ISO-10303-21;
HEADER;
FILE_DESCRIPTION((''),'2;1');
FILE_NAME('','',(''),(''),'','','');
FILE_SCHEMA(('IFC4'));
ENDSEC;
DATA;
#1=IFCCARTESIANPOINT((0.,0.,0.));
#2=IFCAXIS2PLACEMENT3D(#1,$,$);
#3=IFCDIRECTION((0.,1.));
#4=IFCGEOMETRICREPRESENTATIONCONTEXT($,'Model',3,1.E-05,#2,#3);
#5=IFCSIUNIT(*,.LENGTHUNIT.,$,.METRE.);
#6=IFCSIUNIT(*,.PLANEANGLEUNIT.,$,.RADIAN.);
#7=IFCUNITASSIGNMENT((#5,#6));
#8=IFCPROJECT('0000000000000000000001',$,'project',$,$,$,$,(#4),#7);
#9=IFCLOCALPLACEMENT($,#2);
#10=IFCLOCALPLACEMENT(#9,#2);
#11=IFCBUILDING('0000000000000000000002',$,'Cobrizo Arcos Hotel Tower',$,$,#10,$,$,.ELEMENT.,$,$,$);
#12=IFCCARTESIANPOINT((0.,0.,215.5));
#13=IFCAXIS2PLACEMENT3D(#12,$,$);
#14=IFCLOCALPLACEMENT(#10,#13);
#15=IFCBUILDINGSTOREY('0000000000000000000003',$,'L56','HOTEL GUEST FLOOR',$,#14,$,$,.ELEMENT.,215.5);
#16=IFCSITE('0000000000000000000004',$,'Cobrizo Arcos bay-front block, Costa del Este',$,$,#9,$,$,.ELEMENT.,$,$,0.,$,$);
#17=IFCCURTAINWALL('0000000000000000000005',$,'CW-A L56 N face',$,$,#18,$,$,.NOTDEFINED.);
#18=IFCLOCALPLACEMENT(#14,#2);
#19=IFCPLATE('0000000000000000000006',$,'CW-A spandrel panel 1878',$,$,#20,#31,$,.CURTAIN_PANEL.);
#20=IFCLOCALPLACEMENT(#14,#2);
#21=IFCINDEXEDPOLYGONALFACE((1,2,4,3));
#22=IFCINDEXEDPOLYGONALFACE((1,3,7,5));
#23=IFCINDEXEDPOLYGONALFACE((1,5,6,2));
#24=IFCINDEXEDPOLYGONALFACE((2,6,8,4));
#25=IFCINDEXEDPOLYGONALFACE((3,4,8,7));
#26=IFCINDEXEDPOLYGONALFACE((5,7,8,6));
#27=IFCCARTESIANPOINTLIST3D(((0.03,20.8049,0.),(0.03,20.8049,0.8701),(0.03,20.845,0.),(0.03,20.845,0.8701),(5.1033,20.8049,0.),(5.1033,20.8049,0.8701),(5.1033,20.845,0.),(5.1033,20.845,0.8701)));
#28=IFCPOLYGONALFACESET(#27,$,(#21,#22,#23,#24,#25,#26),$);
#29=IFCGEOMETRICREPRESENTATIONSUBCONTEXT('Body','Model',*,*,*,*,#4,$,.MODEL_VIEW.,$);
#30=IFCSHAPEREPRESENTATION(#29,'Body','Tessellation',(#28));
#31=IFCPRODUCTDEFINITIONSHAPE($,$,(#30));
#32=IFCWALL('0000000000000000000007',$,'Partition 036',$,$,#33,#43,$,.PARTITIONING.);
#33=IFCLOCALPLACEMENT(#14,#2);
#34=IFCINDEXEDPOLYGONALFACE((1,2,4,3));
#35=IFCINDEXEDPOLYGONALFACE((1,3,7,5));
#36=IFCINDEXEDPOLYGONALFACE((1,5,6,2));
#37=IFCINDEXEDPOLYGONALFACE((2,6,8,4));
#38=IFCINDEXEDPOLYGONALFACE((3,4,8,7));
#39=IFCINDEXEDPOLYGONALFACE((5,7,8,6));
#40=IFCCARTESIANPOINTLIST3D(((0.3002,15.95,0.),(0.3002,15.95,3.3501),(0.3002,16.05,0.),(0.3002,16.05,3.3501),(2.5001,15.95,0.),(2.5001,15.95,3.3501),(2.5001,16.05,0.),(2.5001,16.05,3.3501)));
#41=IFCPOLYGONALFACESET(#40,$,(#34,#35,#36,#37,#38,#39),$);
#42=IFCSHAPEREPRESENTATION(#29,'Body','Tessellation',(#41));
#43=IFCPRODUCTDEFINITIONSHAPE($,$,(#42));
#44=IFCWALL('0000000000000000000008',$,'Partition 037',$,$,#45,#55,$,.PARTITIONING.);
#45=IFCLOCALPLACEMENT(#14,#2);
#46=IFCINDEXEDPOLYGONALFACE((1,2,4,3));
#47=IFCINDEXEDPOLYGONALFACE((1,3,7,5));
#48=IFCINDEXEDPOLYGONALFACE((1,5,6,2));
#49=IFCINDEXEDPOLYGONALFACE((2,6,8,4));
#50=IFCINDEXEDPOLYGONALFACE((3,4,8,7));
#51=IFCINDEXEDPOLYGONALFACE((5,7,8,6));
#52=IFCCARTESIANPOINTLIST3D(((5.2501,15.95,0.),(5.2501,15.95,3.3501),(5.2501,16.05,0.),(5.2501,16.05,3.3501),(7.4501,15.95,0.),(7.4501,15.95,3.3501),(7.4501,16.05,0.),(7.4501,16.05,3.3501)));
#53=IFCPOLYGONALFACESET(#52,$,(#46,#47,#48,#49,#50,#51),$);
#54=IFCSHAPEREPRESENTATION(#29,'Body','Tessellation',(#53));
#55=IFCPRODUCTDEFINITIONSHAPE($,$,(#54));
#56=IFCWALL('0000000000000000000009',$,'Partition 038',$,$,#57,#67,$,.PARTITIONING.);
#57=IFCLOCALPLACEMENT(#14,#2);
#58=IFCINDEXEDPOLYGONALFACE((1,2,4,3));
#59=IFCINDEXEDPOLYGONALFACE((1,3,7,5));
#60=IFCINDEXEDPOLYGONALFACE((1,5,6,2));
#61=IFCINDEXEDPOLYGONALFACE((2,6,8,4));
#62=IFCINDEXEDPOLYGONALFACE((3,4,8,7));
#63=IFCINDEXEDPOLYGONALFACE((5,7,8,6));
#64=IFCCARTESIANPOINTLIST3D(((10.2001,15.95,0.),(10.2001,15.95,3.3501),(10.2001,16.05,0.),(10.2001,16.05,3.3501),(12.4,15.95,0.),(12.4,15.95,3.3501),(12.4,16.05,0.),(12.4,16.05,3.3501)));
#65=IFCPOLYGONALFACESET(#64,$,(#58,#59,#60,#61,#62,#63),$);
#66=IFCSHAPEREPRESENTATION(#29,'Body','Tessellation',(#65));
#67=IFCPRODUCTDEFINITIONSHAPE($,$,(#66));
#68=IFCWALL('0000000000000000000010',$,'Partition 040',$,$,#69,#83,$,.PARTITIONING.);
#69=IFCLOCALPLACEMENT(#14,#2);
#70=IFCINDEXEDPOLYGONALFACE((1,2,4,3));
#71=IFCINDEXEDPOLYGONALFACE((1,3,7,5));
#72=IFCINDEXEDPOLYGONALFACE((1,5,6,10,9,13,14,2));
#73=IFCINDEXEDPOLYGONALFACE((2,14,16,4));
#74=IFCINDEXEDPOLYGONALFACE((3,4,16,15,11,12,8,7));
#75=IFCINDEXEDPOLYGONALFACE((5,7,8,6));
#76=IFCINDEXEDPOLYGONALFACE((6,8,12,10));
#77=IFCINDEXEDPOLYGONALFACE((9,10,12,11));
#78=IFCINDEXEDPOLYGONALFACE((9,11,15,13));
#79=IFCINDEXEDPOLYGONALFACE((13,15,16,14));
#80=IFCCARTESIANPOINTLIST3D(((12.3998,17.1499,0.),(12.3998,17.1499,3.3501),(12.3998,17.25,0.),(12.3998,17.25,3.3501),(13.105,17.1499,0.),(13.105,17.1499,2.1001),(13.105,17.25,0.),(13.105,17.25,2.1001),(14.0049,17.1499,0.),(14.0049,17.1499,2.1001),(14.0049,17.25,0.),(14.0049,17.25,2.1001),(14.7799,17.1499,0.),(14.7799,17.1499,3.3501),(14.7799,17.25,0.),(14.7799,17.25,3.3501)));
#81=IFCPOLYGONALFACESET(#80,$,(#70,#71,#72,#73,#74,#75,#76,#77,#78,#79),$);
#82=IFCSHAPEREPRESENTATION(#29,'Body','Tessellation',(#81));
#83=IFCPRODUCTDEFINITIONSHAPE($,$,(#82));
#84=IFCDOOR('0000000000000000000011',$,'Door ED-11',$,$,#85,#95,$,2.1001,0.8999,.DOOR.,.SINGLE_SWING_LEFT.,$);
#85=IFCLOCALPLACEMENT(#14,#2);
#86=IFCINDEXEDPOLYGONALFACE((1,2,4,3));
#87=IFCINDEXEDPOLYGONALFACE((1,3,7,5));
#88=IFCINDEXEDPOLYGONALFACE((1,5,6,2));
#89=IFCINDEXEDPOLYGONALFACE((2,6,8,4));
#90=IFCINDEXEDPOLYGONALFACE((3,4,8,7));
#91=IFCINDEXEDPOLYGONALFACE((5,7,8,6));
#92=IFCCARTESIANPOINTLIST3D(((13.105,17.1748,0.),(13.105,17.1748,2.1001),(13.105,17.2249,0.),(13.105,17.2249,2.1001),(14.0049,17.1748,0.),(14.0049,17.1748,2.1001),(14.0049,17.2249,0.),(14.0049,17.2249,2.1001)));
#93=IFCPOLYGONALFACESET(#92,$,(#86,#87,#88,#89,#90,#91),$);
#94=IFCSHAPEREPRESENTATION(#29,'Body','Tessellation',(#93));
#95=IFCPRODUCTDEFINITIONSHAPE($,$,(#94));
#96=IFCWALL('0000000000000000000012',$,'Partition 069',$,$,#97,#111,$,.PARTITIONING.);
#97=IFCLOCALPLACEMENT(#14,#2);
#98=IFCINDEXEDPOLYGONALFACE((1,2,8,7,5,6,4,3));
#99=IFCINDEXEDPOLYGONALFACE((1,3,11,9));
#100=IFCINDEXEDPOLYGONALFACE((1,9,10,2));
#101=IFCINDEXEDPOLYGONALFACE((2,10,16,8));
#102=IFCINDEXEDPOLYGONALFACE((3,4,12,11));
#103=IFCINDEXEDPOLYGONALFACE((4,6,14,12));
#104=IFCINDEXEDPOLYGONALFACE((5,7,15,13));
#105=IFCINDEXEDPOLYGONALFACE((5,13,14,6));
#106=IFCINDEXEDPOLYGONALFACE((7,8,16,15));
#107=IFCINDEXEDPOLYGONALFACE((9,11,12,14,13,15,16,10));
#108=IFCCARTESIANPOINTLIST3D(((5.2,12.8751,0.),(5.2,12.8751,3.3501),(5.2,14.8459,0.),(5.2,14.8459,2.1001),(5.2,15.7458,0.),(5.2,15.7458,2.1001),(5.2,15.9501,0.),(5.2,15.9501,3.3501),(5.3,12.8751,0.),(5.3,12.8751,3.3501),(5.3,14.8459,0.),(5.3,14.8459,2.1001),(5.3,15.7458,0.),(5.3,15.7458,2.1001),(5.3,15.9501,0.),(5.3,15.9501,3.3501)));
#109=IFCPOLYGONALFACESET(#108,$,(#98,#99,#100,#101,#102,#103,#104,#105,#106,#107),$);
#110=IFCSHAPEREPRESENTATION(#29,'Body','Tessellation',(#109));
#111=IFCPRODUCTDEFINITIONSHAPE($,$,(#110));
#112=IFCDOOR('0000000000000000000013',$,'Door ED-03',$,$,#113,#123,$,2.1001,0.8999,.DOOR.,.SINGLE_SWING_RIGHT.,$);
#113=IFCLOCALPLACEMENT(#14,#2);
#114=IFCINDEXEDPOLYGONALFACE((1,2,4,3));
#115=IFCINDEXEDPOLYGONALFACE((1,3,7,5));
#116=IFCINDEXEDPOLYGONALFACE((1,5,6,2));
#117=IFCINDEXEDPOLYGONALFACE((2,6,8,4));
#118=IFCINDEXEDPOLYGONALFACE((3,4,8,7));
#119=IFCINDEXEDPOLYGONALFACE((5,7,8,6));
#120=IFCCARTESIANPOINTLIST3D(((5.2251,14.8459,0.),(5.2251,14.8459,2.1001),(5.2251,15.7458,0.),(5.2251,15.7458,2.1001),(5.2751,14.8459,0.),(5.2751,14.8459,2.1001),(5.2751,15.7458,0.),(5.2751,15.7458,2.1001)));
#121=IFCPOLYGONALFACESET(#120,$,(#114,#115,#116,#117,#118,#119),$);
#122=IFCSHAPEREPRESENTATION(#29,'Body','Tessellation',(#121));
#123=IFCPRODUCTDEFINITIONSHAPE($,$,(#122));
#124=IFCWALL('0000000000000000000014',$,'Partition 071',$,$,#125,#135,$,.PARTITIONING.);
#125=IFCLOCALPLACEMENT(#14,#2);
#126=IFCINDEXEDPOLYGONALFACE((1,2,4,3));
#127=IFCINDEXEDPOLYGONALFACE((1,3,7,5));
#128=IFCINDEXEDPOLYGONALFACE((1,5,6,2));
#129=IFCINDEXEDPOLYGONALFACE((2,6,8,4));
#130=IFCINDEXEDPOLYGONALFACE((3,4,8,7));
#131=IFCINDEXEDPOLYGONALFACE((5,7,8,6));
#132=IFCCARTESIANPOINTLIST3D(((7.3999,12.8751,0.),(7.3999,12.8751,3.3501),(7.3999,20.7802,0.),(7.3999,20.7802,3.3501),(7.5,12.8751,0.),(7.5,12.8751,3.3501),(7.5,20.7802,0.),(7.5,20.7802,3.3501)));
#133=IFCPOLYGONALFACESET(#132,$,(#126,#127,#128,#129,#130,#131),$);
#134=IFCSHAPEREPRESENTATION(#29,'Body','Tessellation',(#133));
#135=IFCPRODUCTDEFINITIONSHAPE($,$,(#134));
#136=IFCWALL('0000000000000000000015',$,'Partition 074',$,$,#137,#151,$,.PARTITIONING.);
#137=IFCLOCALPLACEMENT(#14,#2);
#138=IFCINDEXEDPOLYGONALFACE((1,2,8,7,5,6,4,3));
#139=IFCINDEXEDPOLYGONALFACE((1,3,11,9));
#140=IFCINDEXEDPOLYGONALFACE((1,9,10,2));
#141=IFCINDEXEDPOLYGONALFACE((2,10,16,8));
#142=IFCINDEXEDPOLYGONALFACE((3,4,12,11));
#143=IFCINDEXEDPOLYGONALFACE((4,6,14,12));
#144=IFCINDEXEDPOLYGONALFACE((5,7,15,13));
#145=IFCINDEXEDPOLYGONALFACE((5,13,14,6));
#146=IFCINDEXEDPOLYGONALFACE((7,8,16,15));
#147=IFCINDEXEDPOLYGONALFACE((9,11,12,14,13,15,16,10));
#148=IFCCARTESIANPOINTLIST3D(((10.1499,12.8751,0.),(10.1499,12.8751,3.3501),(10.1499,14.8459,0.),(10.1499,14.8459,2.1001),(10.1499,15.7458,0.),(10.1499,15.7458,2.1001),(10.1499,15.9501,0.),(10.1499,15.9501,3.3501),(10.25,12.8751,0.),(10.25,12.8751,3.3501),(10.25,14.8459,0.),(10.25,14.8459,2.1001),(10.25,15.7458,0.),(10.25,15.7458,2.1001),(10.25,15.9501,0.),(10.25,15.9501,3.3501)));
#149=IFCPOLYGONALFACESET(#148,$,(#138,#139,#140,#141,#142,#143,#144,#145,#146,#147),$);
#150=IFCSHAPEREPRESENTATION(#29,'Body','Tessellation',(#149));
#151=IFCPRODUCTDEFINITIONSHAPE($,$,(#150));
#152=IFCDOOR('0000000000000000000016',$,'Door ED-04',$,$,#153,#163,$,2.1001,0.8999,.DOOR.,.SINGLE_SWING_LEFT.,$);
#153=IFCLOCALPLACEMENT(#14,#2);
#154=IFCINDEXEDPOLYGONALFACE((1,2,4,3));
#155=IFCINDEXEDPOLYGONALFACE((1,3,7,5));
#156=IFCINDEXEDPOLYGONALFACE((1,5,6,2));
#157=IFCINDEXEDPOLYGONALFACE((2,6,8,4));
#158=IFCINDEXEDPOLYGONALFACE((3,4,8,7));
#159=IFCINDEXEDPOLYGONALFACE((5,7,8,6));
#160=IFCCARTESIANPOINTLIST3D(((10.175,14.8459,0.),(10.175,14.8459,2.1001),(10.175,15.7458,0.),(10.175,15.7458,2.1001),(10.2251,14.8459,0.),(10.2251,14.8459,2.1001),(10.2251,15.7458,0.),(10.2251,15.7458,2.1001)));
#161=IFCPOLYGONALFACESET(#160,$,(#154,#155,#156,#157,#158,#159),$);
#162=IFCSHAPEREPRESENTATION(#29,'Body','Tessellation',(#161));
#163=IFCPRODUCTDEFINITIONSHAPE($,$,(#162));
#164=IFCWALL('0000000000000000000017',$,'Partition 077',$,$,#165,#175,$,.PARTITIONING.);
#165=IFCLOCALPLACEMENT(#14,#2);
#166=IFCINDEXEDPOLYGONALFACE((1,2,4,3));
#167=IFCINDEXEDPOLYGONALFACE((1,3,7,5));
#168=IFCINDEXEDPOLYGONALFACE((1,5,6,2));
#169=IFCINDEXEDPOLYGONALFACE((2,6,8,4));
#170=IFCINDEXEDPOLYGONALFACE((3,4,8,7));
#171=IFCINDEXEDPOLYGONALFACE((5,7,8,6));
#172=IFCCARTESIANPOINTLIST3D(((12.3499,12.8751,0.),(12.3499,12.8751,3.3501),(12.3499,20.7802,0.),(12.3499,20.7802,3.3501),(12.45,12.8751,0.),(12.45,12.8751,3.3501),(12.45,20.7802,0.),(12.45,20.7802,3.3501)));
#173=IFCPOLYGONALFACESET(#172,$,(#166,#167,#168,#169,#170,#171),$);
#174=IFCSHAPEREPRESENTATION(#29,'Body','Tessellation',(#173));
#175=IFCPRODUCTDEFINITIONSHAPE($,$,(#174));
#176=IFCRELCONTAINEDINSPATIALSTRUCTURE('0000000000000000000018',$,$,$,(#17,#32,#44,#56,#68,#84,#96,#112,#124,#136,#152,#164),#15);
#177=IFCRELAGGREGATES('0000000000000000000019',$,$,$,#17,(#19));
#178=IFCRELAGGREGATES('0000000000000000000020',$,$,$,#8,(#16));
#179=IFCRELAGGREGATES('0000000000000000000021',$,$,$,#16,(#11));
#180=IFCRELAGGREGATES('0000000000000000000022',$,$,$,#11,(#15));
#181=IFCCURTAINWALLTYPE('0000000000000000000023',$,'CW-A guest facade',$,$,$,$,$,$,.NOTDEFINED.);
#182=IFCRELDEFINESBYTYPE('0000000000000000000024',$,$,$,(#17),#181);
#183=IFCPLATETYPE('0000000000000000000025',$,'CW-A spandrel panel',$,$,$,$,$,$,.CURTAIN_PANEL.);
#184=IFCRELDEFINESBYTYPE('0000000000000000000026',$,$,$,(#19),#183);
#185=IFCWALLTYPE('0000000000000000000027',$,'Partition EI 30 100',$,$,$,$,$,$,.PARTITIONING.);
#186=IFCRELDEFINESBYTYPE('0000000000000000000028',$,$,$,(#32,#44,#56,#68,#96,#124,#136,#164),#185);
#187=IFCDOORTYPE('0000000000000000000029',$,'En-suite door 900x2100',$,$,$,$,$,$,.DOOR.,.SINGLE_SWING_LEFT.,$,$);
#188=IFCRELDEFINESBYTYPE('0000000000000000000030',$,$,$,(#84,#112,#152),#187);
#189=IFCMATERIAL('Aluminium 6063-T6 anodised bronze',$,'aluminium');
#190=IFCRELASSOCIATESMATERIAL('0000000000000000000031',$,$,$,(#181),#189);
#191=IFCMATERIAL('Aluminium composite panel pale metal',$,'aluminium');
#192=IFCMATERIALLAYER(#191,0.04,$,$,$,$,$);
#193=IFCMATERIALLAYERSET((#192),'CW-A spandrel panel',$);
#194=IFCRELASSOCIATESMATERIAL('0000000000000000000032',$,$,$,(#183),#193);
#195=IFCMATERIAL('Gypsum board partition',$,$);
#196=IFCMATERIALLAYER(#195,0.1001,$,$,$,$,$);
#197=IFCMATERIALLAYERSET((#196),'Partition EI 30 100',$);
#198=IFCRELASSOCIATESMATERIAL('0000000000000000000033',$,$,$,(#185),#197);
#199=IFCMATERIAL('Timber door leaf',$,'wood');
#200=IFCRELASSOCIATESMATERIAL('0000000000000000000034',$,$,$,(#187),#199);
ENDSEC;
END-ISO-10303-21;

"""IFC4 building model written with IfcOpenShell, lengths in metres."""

from ifc_helpers import new_model, si_unit, direction, frame, frame_2d, origin, origin_2d, place, context, subcontext, project, spatial, rectangle, extrude, material, layer, layer_set, type_object, element, fill, aggregate, save


model = new_model("IFC4")

# Units and contexts
model_context = context("Model", 3, precision=1e-05, world=origin(), true_north=direction((0.0, 1.0)))
body_context = subcontext(model_context, "Body", "Model", "MODEL_VIEW")
ifc_project = project(units=[si_unit("LENGTHUNIT", "METRE"), si_unit("PLANEANGLEUNIT", "RADIAN")], contexts=[model_context])

# Site, building, storey
site_placement = place(None, origin())
site = spatial("IfcSite", under=ifc_project, at=site_placement, Name="Cobrizo Arcos bay-front block, Costa del Este", CompositionType="ELEMENT", RefElevation=0.0)
building_placement = place(site_placement, origin())
building = spatial("IfcBuilding", under=site, at=building_placement, Name="Cobrizo Arcos Hotel Tower", CompositionType="ELEMENT")
storey_placement = place(building_placement, frame((0.0, 0.0, 215.5)))
storey = spatial("IfcBuildingStorey", under=building, at=storey_placement, Name="L56", Description="HOTEL GUEST FLOOR", CompositionType="ELEMENT", Elevation=215.5)

# Curtain wall
ifc_material_1 = material(Name="Aluminium 6063-T6 anodised bronze", Category="aluminium")
curtain_wall_type = type_object("IfcCurtainWallType", Name="CW-A guest facade", PredefinedType="NOTDEFINED", material=ifc_material_1)
curtain_wall_placement = place(storey_placement, origin())
curtain_wall = element("IfcCurtainWall", 1, at=curtain_wall_placement, inside=storey, type_object=curtain_wall_type, Name="CW-A L56 N face", PredefinedType="NOTDEFINED")

# Plate
ifc_material_2 = material(Name="Aluminium composite panel pale metal", Category="aluminium")
ifc_layer_1 = layer(ifc_material_2, 0.04)
ifc_layer_set_1 = layer_set([ifc_layer_1], Name="CW-A spandrel panel")
plate_type_1 = type_object("IfcPlateType", Name="CW-A spandrel panel", PredefinedType="CURTAIN_PANEL", material=ifc_layer_set_1)
plate_1_placement = place(storey_placement, frame((2.5667, 20.825, 0.0), z_axis=(0.0, 0.0, 1.0), x_axis=(-1.0, 0.0, 0.0)))
plate_1 = element("IfcPlate", 2, at=plate_1_placement, type_object=plate_type_1, Name="CW-A spandrel panel 1878", PredefinedType="CURTAIN_PANEL", context=body_context, shape_type="SweptSolid", body=[
    extrude(rectangle(XDim=5.0732, YDim=0.04, at=origin_2d()), origin(), (0.0, 0.0, 1.0), 0.8701),
])
aggregate(curtain_wall, [plate_1])

# Walls
ifc_material_3 = material(Name="Gypsum board partition")
ifc_layer_2 = layer(ifc_material_3, 0.1001)
ifc_layer_set_2 = layer_set([ifc_layer_2], Name="Partition EI 30 100")
wall_type = type_object("IfcWallType", Name="Partition EI 30 100", PredefinedType="PARTITIONING", material=ifc_layer_set_2)
for number, where, z_axis, x_axis, name in (
    (3, (0.3, 16.0, 0.0), (0.0, 0.0, 1.0), (1.0, 0.0, 0.0), "Partition 036"),
    (4, (5.25, 16.0, 0.0), (0.0, 0.0, 1.0), (1.0, 0.0, 0.0), "Partition 037"),
    (5, (10.2, 16.0, 0.0), (0.0, 0.0, 1.0), (1.0, 0.0, 0.0), "Partition 038"),
):
    element("IfcWall", number, at=place(storey_placement, frame(where, z_axis=z_axis, x_axis=x_axis)), inside=storey, type_object=wall_type, Name=name, PredefinedType="PARTITIONING", context=body_context, shape_type="SweptSolid", body=[
        extrude(rectangle(XDim=2.2, YDim=0.1001, at=frame_2d((1.1001, 0.0))), origin(), (0.0, 0.0, 1.0), 3.3501),
    ])

# Walls, openings, doors
wall_1_placement = place(storey_placement, frame((12.3999, 17.2, 0.0), z_axis=(0.0, 0.0, 1.0), x_axis=(1.0, 0.0, 0.0)))
wall_1 = element("IfcWall", 6, at=wall_1_placement, inside=storey, type_object=wall_type, Name="Partition 040", PredefinedType="PARTITIONING", context=body_context, shape_type="SweptSolid", body=[
    extrude(rectangle(XDim=2.3801, YDim=0.1001, at=frame_2d((1.1899, 0.0))), origin(), (0.0, 0.0, 1.0), 3.3501),
])
opening_1_placement = place(wall_1_placement, frame((0.7051, 0.0, 0.0)))
opening_1 = element("IfcOpeningElement", 7, at=opening_1_placement, cuts=wall_1, PredefinedType="OPENING", context=body_context, shape_type="SweptSolid", body=[
    extrude(rectangle(XDim=0.8999, YDim=2.1001, at=frame_2d((0.45, 1.05))), frame((0.0, 0.062, 0.0), z_axis=(0.0, -1.0, 0.0), x_axis=(1.0, 0.0, 0.0)), (0.0, 0.0, 1.0), 0.124),
])
ifc_material_4 = material(Name="Timber door leaf", Category="wood")
door_type = type_object("IfcDoorType", Name="En-suite door 900x2100", OperationType="SINGLE_SWING_LEFT", PredefinedType="DOOR", material=ifc_material_4)
door_1_placement = place(opening_1_placement, origin())
door_1 = element("IfcDoor", 8, at=door_1_placement, inside=storey, type_object=door_type, Name="Door ED-11", OperationType="SINGLE_SWING_LEFT", OverallHeight=2.1001, OverallWidth=0.8999, PredefinedType="DOOR", context=body_context, shape_type="SweptSolid", body=[
    extrude(rectangle(XDim=0.8999, YDim=2.1001, at=frame_2d((0.45, 1.05))), frame((0.0, 0.0249, 0.0), z_axis=(0.0, -1.0, 0.0), x_axis=(1.0, 0.0, 0.0)), (0.0, 0.0, 1.0), 0.05),
])
fill(opening_1, door_1)
wall_2_placement = place(storey_placement, frame((5.25, 12.875, 0.0), z_axis=(0.0, 0.0, 1.0), x_axis=(0.0, 1.0, 0.0)))
wall_2 = element("IfcWall", 9, at=wall_2_placement, inside=storey, type_object=wall_type, Name="Partition 069", PredefinedType="PARTITIONING", context=body_context, shape_type="SweptSolid", body=[
    extrude(rectangle(XDim=3.075, YDim=0.1001, at=frame_2d((1.5376, 0.0))), origin(), (0.0, 0.0, 1.0), 3.3501),
])
opening_2_placement = place(wall_2_placement, frame((1.9709, 0.0, 0.0)))
opening_2 = element("IfcOpeningElement", 10, at=opening_2_placement, cuts=wall_2, PredefinedType="OPENING", context=body_context, shape_type="SweptSolid", body=[
    extrude(rectangle(XDim=0.8999, YDim=2.1001, at=frame_2d((0.45, 1.05))), frame((0.0, 0.062, 0.0), z_axis=(0.0, -1.0, 0.0), x_axis=(1.0, 0.0, 0.0)), (0.0, 0.0, 1.0), 0.124),
])
door_2_placement = place(opening_2_placement, origin())
door_2 = element("IfcDoor", 11, at=door_2_placement, inside=storey, type_object=door_type, Name="Door ED-03", OperationType="SINGLE_SWING_RIGHT", OverallHeight=2.1001, OverallWidth=0.8999, PredefinedType="DOOR", context=body_context, shape_type="SweptSolid", body=[
    extrude(rectangle(XDim=0.8999, YDim=2.1001, at=frame_2d((0.45, 1.05))), frame((0.0, 0.0249, 0.0), z_axis=(0.0, -1.0, 0.0), x_axis=(1.0, 0.0, 0.0)), (0.0, 0.0, 1.0), 0.05),
])
fill(opening_2, door_2)

# Wall
wall_3_placement = place(storey_placement, frame((7.45, 12.875, 0.0), z_axis=(0.0, 0.0, 1.0), x_axis=(0.0, 1.0, 0.0)))
element("IfcWall", 12, at=wall_3_placement, inside=storey, type_object=wall_type, Name="Partition 071", PredefinedType="PARTITIONING", context=body_context, shape_type="SweptSolid", body=[
    extrude(rectangle(XDim=7.905, YDim=0.1001, at=frame_2d((3.9526, 0.0))), origin(), (0.0, 0.0, 1.0), 3.3501),
])

# Wall, opening, door
wall_4_placement = place(storey_placement, frame((10.2, 12.875, 0.0), z_axis=(0.0, 0.0, 1.0), x_axis=(0.0, 1.0, 0.0)))
wall_4 = element("IfcWall", 13, at=wall_4_placement, inside=storey, type_object=wall_type, Name="Partition 074", PredefinedType="PARTITIONING", context=body_context, shape_type="SweptSolid", body=[
    extrude(rectangle(XDim=3.075, YDim=0.1001, at=frame_2d((1.5376, 0.0))), origin(), (0.0, 0.0, 1.0), 3.3501),
])
opening_3_placement = place(wall_4_placement, frame((1.9709, 0.0, 0.0)))
opening_3 = element("IfcOpeningElement", 14, at=opening_3_placement, cuts=wall_4, PredefinedType="OPENING", context=body_context, shape_type="SweptSolid", body=[
    extrude(rectangle(XDim=0.8999, YDim=2.1001, at=frame_2d((0.45, 1.05))), frame((0.0, 0.062, 0.0), z_axis=(0.0, -1.0, 0.0), x_axis=(1.0, 0.0, 0.0)), (0.0, 0.0, 1.0), 0.124),
])
door_3_placement = place(opening_3_placement, origin())
door_3 = element("IfcDoor", 15, at=door_3_placement, inside=storey, type_object=door_type, Name="Door ED-04", OperationType="SINGLE_SWING_LEFT", OverallHeight=2.1001, OverallWidth=0.8999, PredefinedType="DOOR", context=body_context, shape_type="SweptSolid", body=[
    extrude(rectangle(XDim=0.8999, YDim=2.1001, at=frame_2d((0.45, 1.05))), frame((0.0, 0.0249, 0.0), z_axis=(0.0, -1.0, 0.0), x_axis=(1.0, 0.0, 0.0)), (0.0, 0.0, 1.0), 0.05),
])
fill(opening_3, door_3)

# Wall
wall_5_placement = place(storey_placement, frame((12.3999, 12.875, 0.0), z_axis=(0.0, 0.0, 1.0), x_axis=(0.0, 1.0, 0.0)))
element("IfcWall", 16, at=wall_5_placement, inside=storey, type_object=wall_type, Name="Partition 077", PredefinedType="PARTITIONING", context=body_context, shape_type="SweptSolid", body=[
    extrude(rectangle(XDim=7.905, YDim=0.1001, at=frame_2d((3.9526, 0.0))), origin(), (0.0, 0.0, 1.0), 3.3501),
])

save(model, "model.ifc")
